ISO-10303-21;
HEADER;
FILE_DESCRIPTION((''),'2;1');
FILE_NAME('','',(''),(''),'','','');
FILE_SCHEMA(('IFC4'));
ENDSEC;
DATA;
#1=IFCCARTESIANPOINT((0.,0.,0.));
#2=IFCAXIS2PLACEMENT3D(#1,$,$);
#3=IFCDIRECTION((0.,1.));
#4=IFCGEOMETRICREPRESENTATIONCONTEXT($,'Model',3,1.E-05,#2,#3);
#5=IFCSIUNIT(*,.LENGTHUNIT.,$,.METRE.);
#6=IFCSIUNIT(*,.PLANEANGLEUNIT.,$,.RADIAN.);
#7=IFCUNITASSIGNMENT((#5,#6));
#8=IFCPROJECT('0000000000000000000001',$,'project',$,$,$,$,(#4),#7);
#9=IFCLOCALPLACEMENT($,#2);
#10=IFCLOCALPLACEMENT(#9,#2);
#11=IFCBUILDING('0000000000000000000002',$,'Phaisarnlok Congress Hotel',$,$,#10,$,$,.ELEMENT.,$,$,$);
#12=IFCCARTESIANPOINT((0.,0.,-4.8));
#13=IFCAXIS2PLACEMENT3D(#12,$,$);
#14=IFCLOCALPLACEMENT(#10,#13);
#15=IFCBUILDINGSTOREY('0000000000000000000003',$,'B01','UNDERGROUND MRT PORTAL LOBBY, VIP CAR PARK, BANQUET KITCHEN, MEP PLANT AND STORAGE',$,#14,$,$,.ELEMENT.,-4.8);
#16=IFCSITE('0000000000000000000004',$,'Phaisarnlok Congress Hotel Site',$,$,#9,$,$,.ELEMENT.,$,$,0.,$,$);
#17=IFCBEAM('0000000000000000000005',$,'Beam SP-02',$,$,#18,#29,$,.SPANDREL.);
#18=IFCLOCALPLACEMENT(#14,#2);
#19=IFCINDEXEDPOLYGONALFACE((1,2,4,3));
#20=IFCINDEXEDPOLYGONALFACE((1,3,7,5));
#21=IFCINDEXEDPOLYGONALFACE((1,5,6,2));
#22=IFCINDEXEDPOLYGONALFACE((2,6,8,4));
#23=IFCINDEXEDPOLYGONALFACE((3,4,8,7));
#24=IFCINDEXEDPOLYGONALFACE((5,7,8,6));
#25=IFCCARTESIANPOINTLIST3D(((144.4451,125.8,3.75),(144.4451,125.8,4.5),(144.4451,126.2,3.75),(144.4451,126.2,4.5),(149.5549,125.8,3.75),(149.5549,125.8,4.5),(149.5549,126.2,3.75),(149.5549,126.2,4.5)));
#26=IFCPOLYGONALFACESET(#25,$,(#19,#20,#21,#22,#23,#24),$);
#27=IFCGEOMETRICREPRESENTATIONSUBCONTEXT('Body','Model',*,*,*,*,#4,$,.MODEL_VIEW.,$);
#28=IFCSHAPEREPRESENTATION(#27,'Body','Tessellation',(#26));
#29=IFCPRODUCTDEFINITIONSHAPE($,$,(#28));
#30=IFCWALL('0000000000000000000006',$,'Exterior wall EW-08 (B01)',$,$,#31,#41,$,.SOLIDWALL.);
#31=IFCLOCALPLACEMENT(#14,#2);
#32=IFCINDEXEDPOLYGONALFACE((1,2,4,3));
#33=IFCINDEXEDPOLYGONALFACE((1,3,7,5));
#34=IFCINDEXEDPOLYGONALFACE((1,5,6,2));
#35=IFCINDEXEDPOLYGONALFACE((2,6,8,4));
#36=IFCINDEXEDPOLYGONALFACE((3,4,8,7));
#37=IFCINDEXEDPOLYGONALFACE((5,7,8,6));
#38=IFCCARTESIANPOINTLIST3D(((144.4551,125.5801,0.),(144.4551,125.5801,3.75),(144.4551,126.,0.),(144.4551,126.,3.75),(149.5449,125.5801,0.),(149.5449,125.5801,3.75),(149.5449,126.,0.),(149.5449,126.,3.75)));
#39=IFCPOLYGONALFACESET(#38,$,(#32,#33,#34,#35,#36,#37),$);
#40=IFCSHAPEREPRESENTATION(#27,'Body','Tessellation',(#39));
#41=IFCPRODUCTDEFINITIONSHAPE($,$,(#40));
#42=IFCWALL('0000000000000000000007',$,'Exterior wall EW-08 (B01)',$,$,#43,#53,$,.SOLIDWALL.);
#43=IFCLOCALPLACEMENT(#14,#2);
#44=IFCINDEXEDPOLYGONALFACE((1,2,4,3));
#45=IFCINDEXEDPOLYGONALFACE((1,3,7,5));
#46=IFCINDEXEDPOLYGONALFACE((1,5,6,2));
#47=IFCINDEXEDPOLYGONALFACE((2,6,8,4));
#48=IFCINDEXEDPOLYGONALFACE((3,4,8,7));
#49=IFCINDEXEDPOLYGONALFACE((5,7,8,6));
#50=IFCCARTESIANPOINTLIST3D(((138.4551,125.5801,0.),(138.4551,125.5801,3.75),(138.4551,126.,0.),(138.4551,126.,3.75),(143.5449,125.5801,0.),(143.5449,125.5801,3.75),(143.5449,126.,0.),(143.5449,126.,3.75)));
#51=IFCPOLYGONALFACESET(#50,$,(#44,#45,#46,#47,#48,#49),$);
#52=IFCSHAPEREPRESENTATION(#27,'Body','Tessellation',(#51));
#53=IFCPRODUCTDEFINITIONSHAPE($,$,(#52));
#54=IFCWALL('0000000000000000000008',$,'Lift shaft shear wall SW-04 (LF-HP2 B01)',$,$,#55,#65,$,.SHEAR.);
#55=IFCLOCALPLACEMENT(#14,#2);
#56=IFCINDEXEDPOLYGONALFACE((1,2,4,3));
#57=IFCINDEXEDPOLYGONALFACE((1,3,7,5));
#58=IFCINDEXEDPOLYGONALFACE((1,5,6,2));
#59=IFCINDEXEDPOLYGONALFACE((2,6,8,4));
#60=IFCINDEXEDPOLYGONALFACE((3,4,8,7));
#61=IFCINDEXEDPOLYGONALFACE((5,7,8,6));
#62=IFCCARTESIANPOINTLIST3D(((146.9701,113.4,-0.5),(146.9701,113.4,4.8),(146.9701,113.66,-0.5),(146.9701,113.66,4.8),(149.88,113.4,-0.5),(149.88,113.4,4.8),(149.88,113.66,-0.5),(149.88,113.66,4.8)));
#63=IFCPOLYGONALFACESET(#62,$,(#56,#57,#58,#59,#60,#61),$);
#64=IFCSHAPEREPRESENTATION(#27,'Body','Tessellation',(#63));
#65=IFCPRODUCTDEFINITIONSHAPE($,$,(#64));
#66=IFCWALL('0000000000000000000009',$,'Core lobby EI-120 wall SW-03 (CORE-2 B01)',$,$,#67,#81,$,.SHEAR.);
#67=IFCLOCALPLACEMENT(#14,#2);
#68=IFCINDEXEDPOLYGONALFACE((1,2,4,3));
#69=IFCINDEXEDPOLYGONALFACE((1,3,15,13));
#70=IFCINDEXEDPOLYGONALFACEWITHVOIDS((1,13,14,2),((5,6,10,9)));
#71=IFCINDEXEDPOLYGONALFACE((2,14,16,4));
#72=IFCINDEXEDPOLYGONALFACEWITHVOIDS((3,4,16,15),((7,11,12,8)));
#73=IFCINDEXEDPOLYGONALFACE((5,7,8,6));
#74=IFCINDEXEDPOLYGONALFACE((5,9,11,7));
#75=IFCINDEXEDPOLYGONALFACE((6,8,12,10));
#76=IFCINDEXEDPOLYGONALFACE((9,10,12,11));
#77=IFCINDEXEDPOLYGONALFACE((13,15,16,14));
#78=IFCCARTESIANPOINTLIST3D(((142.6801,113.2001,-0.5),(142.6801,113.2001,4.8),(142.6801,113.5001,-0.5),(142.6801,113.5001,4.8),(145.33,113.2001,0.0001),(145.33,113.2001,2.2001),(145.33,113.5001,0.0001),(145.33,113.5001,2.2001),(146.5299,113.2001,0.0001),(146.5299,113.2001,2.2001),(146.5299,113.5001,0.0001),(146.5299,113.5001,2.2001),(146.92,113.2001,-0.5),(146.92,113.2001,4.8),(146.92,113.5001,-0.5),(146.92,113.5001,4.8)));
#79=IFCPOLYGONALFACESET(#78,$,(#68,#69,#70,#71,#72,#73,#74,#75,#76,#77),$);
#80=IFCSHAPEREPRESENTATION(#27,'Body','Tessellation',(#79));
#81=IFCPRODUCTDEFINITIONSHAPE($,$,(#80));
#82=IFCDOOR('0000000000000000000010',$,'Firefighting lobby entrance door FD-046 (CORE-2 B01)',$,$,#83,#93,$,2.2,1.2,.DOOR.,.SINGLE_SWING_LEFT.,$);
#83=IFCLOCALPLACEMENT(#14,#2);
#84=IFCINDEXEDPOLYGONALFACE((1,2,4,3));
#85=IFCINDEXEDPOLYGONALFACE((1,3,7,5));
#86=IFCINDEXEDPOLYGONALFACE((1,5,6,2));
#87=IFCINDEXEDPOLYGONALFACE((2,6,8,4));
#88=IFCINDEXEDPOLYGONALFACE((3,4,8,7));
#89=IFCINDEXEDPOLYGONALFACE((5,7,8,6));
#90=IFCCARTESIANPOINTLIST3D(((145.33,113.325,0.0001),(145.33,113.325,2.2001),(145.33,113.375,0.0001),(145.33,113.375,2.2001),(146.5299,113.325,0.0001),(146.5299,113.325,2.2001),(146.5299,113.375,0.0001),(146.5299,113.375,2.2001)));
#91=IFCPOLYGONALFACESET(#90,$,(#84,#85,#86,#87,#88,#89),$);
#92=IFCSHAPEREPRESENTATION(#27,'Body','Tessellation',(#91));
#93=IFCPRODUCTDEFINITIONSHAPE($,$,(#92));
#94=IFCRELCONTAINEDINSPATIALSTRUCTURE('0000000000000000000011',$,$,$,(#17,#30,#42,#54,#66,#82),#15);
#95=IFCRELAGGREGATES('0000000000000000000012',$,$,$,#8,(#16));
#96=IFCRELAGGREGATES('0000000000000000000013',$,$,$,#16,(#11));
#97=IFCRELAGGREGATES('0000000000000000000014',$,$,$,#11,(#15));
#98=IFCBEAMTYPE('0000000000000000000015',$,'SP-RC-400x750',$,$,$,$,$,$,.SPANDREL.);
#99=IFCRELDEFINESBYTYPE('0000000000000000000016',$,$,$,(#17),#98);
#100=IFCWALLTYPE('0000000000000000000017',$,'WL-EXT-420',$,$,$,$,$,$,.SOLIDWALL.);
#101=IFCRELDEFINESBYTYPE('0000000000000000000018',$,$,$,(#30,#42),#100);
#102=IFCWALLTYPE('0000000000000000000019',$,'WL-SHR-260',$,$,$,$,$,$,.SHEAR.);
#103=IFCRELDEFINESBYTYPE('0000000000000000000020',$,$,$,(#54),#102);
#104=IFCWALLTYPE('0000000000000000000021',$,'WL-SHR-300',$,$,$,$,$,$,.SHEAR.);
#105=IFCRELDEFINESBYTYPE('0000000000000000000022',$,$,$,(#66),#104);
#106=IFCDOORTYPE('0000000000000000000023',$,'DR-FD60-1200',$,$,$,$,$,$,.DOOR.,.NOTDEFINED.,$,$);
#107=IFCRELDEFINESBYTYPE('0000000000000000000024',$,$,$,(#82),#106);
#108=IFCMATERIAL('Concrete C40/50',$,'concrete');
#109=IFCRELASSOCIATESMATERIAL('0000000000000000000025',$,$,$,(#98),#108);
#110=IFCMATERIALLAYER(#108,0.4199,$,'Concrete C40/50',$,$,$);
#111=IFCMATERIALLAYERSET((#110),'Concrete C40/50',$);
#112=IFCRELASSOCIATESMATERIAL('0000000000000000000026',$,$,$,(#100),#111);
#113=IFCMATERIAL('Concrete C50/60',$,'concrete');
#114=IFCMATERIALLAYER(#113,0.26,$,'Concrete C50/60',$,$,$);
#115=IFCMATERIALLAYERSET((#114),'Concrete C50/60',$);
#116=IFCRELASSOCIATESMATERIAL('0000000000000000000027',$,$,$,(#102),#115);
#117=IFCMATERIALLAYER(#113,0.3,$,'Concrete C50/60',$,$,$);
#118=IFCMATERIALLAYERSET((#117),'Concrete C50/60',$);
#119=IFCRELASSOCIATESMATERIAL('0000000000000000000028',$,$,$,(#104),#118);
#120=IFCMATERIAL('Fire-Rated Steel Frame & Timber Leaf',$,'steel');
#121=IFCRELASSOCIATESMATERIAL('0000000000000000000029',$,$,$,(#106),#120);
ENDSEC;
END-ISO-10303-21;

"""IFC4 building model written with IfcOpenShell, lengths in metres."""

from ifc_helpers import new_model, si_unit, direction, frame, frame_2d, origin, origin_2d, place, context, subcontext, project, spatial, rectangle, extrude, material, layer, layer_set, material_profile, profile_set, type_object, element, fill, save


model = new_model("IFC4")

# Units and contexts
model_context = context("Model", 3, precision=1e-05, world=origin(), true_north=direction((0.0, 1.0)))
body_context = subcontext(model_context, "Body", "Model", "MODEL_VIEW")
ifc_project = project(units=[si_unit("LENGTHUNIT", "METRE"), si_unit("PLANEANGLEUNIT", "RADIAN")], contexts=[model_context])

# Site, building, storey
site_placement = place(None, origin())
site = spatial("IfcSite", under=ifc_project, at=site_placement, Name="Phaisarnlok Congress Hotel Site", CompositionType="ELEMENT", RefElevation=0.0)
building_placement = place(site_placement, origin())
building = spatial("IfcBuilding", under=site, at=building_placement, Name="Phaisarnlok Congress Hotel", CompositionType="ELEMENT")
storey_placement = place(building_placement, frame((0.0, 0.0, -4.8)))
storey = spatial("IfcBuildingStorey", under=building, at=storey_placement, Name="B01", Description="UNDERGROUND MRT PORTAL LOBBY, VIP CAR PARK, BANQUET KITCHEN, MEP PLANT AND STORAGE", CompositionType="ELEMENT", Elevation=-4.8)

# Shared definitions
ifc_material_1 = material(Name="Concrete C40/50", Category="concrete")

# Shared definitions
ifc_material_2 = material(Name="Concrete C50/60", Category="concrete")

# Beam
ifc_material_profile_1 = material_profile(ifc_material_1, rectangle(XDim=0.3999, YDim=0.75, at=origin_2d()), Name="RC 400x750")
ifc_profile_set_1 = profile_set([ifc_material_profile_1], Name="Concrete C40/50")
beam_type_1 = type_object("IfcBeamType", Name="SP-RC-400x750", PredefinedType="SPANDREL", material=ifc_profile_set_1)
beam_1_placement = place(storey_placement, frame((144.4451, 126.0, 4.125), z_axis=(1.0, 0.0, 0.0), x_axis=(0.0, 1.0, 0.0)))
element("IfcBeam", 1, at=beam_1_placement, inside=storey, type_object=beam_type_1, Name="Beam SP-02", PredefinedType="SPANDREL", context=body_context, shape_type="SweptSolid", body=[
    extrude(rectangle(XDim=0.3999, YDim=0.75, at=origin_2d()), origin(), (0.0, 0.0, 1.0), 5.1099),
])

# Walls
ifc_layer_1 = layer(ifc_material_1, 0.4199, Name="Concrete C40/50")
ifc_layer_set_1 = layer_set([ifc_layer_1], Name="Concrete C40/50")
wall_type_1 = type_object("IfcWallType", Name="WL-EXT-420", PredefinedType="SOLIDWALL", material=ifc_layer_set_1)
for number, where, z_axis, x_axis, name in (
    (2, (149.5449, 125.79, 0.0), (0.0, 0.0, 1.0), (-1.0, 0.0, 0.0), "Exterior wall EW-08 (B01)"),
    (3, (143.5449, 125.79, 0.0), (0.0, 0.0, 1.0), (-1.0, 0.0, 0.0), "Exterior wall EW-08 (B01)"),
):
    element("IfcWall", number, at=place(storey_placement, frame(where, z_axis=z_axis, x_axis=x_axis)), inside=storey, type_object=wall_type_1, Name=name, PredefinedType="SOLIDWALL", context=body_context, shape_type="SweptSolid", body=[
        extrude(rectangle(XDim=5.0898, YDim=0.4199, at=frame_2d((2.5449, 0.0))), origin(), (0.0, 0.0, 1.0), 3.75),
    ])
ifc_layer_2 = layer(ifc_material_2, 0.26, Name="Concrete C50/60")
ifc_layer_set_2 = layer_set([ifc_layer_2], Name="Concrete C50/60")
wall_type_2 = type_object("IfcWallType", Name="WL-SHR-260", PredefinedType="SHEAR", material=ifc_layer_set_2)
wall_1_placement = place(storey_placement, frame((146.97, 113.53, -0.5), z_axis=(0.0, 0.0, 1.0), x_axis=(1.0, 0.0, 0.0)))
element("IfcWall", 4, at=wall_1_placement, inside=storey, type_object=wall_type_2, Name="Lift shaft shear wall SW-04 (LF-HP2 B01)", PredefinedType="SHEAR", context=body_context, shape_type="SweptSolid", body=[
    extrude(rectangle(XDim=2.9099, YDim=0.26, at=frame_2d((1.4551, 0.0))), origin(), (0.0, 0.0, 1.0), 5.3),
])

# Wall, opening, door
ifc_layer_3 = layer(ifc_material_2, 0.3, Name="Concrete C50/60")
ifc_layer_set_3 = layer_set([ifc_layer_3], Name="Concrete C50/60")
wall_type_3 = type_object("IfcWallType", Name="WL-SHR-300", PredefinedType="SHEAR", material=ifc_layer_set_3)
wall_2_placement = place(storey_placement, frame((142.6799, 113.3501, -0.5), z_axis=(0.0, 0.0, 1.0), x_axis=(1.0, 0.0, 0.0)))
wall_2 = element("IfcWall", 5, at=wall_2_placement, inside=storey, type_object=wall_type_3, Name="Core lobby EI-120 wall SW-03 (CORE-2 B01)", PredefinedType="SHEAR", context=body_context, shape_type="SweptSolid", body=[
    extrude(rectangle(XDim=4.24, YDim=0.3, at=frame_2d((2.1201, 0.0))), origin(), (0.0, 0.0, 1.0), 5.3),
])
opening_placement = place(wall_2_placement, frame((2.6499, 0.0, 0.5)))
opening = element("IfcOpeningElement", 6, at=opening_placement, cuts=wall_2, PredefinedType="OPENING", context=body_context, shape_type="SweptSolid", body=[
    extrude(rectangle(XDim=1.2, YDim=2.2, at=frame_2d((0.6001, 1.1001))), frame((0.0, 0.1602, 0.0), z_axis=(0.0, -1.0, 0.0), x_axis=(1.0, 0.0, 0.0)), (0.0, 0.0, 1.0), 0.3201),
])
ifc_material_3 = material(Name="Fire-Rated Steel Frame & Timber Leaf", Category="steel")
door_type = type_object("IfcDoorType", Name="DR-FD60-1200", OperationType="NOTDEFINED", PredefinedType="DOOR", material=ifc_material_3)
door_placement = place(opening_placement, origin())
door = element("IfcDoor", 7, at=door_placement, inside=storey, type_object=door_type, Name="Firefighting lobby entrance door FD-046 (CORE-2 B01)", OperationType="SINGLE_SWING_LEFT", OverallHeight=2.2, OverallWidth=1.2, PredefinedType="DOOR", context=body_context, shape_type="SweptSolid", body=[
    extrude(rectangle(XDim=1.2, YDim=2.2, at=frame_2d((0.6001, 1.1001))), frame((0.0, 0.0249, 0.0), z_axis=(0.0, -1.0, 0.0), x_axis=(1.0, 0.0, 0.0)), (0.0, 0.0, 1.0), 0.05),
])
fill(opening, door)

save(model, "model.ifc")
